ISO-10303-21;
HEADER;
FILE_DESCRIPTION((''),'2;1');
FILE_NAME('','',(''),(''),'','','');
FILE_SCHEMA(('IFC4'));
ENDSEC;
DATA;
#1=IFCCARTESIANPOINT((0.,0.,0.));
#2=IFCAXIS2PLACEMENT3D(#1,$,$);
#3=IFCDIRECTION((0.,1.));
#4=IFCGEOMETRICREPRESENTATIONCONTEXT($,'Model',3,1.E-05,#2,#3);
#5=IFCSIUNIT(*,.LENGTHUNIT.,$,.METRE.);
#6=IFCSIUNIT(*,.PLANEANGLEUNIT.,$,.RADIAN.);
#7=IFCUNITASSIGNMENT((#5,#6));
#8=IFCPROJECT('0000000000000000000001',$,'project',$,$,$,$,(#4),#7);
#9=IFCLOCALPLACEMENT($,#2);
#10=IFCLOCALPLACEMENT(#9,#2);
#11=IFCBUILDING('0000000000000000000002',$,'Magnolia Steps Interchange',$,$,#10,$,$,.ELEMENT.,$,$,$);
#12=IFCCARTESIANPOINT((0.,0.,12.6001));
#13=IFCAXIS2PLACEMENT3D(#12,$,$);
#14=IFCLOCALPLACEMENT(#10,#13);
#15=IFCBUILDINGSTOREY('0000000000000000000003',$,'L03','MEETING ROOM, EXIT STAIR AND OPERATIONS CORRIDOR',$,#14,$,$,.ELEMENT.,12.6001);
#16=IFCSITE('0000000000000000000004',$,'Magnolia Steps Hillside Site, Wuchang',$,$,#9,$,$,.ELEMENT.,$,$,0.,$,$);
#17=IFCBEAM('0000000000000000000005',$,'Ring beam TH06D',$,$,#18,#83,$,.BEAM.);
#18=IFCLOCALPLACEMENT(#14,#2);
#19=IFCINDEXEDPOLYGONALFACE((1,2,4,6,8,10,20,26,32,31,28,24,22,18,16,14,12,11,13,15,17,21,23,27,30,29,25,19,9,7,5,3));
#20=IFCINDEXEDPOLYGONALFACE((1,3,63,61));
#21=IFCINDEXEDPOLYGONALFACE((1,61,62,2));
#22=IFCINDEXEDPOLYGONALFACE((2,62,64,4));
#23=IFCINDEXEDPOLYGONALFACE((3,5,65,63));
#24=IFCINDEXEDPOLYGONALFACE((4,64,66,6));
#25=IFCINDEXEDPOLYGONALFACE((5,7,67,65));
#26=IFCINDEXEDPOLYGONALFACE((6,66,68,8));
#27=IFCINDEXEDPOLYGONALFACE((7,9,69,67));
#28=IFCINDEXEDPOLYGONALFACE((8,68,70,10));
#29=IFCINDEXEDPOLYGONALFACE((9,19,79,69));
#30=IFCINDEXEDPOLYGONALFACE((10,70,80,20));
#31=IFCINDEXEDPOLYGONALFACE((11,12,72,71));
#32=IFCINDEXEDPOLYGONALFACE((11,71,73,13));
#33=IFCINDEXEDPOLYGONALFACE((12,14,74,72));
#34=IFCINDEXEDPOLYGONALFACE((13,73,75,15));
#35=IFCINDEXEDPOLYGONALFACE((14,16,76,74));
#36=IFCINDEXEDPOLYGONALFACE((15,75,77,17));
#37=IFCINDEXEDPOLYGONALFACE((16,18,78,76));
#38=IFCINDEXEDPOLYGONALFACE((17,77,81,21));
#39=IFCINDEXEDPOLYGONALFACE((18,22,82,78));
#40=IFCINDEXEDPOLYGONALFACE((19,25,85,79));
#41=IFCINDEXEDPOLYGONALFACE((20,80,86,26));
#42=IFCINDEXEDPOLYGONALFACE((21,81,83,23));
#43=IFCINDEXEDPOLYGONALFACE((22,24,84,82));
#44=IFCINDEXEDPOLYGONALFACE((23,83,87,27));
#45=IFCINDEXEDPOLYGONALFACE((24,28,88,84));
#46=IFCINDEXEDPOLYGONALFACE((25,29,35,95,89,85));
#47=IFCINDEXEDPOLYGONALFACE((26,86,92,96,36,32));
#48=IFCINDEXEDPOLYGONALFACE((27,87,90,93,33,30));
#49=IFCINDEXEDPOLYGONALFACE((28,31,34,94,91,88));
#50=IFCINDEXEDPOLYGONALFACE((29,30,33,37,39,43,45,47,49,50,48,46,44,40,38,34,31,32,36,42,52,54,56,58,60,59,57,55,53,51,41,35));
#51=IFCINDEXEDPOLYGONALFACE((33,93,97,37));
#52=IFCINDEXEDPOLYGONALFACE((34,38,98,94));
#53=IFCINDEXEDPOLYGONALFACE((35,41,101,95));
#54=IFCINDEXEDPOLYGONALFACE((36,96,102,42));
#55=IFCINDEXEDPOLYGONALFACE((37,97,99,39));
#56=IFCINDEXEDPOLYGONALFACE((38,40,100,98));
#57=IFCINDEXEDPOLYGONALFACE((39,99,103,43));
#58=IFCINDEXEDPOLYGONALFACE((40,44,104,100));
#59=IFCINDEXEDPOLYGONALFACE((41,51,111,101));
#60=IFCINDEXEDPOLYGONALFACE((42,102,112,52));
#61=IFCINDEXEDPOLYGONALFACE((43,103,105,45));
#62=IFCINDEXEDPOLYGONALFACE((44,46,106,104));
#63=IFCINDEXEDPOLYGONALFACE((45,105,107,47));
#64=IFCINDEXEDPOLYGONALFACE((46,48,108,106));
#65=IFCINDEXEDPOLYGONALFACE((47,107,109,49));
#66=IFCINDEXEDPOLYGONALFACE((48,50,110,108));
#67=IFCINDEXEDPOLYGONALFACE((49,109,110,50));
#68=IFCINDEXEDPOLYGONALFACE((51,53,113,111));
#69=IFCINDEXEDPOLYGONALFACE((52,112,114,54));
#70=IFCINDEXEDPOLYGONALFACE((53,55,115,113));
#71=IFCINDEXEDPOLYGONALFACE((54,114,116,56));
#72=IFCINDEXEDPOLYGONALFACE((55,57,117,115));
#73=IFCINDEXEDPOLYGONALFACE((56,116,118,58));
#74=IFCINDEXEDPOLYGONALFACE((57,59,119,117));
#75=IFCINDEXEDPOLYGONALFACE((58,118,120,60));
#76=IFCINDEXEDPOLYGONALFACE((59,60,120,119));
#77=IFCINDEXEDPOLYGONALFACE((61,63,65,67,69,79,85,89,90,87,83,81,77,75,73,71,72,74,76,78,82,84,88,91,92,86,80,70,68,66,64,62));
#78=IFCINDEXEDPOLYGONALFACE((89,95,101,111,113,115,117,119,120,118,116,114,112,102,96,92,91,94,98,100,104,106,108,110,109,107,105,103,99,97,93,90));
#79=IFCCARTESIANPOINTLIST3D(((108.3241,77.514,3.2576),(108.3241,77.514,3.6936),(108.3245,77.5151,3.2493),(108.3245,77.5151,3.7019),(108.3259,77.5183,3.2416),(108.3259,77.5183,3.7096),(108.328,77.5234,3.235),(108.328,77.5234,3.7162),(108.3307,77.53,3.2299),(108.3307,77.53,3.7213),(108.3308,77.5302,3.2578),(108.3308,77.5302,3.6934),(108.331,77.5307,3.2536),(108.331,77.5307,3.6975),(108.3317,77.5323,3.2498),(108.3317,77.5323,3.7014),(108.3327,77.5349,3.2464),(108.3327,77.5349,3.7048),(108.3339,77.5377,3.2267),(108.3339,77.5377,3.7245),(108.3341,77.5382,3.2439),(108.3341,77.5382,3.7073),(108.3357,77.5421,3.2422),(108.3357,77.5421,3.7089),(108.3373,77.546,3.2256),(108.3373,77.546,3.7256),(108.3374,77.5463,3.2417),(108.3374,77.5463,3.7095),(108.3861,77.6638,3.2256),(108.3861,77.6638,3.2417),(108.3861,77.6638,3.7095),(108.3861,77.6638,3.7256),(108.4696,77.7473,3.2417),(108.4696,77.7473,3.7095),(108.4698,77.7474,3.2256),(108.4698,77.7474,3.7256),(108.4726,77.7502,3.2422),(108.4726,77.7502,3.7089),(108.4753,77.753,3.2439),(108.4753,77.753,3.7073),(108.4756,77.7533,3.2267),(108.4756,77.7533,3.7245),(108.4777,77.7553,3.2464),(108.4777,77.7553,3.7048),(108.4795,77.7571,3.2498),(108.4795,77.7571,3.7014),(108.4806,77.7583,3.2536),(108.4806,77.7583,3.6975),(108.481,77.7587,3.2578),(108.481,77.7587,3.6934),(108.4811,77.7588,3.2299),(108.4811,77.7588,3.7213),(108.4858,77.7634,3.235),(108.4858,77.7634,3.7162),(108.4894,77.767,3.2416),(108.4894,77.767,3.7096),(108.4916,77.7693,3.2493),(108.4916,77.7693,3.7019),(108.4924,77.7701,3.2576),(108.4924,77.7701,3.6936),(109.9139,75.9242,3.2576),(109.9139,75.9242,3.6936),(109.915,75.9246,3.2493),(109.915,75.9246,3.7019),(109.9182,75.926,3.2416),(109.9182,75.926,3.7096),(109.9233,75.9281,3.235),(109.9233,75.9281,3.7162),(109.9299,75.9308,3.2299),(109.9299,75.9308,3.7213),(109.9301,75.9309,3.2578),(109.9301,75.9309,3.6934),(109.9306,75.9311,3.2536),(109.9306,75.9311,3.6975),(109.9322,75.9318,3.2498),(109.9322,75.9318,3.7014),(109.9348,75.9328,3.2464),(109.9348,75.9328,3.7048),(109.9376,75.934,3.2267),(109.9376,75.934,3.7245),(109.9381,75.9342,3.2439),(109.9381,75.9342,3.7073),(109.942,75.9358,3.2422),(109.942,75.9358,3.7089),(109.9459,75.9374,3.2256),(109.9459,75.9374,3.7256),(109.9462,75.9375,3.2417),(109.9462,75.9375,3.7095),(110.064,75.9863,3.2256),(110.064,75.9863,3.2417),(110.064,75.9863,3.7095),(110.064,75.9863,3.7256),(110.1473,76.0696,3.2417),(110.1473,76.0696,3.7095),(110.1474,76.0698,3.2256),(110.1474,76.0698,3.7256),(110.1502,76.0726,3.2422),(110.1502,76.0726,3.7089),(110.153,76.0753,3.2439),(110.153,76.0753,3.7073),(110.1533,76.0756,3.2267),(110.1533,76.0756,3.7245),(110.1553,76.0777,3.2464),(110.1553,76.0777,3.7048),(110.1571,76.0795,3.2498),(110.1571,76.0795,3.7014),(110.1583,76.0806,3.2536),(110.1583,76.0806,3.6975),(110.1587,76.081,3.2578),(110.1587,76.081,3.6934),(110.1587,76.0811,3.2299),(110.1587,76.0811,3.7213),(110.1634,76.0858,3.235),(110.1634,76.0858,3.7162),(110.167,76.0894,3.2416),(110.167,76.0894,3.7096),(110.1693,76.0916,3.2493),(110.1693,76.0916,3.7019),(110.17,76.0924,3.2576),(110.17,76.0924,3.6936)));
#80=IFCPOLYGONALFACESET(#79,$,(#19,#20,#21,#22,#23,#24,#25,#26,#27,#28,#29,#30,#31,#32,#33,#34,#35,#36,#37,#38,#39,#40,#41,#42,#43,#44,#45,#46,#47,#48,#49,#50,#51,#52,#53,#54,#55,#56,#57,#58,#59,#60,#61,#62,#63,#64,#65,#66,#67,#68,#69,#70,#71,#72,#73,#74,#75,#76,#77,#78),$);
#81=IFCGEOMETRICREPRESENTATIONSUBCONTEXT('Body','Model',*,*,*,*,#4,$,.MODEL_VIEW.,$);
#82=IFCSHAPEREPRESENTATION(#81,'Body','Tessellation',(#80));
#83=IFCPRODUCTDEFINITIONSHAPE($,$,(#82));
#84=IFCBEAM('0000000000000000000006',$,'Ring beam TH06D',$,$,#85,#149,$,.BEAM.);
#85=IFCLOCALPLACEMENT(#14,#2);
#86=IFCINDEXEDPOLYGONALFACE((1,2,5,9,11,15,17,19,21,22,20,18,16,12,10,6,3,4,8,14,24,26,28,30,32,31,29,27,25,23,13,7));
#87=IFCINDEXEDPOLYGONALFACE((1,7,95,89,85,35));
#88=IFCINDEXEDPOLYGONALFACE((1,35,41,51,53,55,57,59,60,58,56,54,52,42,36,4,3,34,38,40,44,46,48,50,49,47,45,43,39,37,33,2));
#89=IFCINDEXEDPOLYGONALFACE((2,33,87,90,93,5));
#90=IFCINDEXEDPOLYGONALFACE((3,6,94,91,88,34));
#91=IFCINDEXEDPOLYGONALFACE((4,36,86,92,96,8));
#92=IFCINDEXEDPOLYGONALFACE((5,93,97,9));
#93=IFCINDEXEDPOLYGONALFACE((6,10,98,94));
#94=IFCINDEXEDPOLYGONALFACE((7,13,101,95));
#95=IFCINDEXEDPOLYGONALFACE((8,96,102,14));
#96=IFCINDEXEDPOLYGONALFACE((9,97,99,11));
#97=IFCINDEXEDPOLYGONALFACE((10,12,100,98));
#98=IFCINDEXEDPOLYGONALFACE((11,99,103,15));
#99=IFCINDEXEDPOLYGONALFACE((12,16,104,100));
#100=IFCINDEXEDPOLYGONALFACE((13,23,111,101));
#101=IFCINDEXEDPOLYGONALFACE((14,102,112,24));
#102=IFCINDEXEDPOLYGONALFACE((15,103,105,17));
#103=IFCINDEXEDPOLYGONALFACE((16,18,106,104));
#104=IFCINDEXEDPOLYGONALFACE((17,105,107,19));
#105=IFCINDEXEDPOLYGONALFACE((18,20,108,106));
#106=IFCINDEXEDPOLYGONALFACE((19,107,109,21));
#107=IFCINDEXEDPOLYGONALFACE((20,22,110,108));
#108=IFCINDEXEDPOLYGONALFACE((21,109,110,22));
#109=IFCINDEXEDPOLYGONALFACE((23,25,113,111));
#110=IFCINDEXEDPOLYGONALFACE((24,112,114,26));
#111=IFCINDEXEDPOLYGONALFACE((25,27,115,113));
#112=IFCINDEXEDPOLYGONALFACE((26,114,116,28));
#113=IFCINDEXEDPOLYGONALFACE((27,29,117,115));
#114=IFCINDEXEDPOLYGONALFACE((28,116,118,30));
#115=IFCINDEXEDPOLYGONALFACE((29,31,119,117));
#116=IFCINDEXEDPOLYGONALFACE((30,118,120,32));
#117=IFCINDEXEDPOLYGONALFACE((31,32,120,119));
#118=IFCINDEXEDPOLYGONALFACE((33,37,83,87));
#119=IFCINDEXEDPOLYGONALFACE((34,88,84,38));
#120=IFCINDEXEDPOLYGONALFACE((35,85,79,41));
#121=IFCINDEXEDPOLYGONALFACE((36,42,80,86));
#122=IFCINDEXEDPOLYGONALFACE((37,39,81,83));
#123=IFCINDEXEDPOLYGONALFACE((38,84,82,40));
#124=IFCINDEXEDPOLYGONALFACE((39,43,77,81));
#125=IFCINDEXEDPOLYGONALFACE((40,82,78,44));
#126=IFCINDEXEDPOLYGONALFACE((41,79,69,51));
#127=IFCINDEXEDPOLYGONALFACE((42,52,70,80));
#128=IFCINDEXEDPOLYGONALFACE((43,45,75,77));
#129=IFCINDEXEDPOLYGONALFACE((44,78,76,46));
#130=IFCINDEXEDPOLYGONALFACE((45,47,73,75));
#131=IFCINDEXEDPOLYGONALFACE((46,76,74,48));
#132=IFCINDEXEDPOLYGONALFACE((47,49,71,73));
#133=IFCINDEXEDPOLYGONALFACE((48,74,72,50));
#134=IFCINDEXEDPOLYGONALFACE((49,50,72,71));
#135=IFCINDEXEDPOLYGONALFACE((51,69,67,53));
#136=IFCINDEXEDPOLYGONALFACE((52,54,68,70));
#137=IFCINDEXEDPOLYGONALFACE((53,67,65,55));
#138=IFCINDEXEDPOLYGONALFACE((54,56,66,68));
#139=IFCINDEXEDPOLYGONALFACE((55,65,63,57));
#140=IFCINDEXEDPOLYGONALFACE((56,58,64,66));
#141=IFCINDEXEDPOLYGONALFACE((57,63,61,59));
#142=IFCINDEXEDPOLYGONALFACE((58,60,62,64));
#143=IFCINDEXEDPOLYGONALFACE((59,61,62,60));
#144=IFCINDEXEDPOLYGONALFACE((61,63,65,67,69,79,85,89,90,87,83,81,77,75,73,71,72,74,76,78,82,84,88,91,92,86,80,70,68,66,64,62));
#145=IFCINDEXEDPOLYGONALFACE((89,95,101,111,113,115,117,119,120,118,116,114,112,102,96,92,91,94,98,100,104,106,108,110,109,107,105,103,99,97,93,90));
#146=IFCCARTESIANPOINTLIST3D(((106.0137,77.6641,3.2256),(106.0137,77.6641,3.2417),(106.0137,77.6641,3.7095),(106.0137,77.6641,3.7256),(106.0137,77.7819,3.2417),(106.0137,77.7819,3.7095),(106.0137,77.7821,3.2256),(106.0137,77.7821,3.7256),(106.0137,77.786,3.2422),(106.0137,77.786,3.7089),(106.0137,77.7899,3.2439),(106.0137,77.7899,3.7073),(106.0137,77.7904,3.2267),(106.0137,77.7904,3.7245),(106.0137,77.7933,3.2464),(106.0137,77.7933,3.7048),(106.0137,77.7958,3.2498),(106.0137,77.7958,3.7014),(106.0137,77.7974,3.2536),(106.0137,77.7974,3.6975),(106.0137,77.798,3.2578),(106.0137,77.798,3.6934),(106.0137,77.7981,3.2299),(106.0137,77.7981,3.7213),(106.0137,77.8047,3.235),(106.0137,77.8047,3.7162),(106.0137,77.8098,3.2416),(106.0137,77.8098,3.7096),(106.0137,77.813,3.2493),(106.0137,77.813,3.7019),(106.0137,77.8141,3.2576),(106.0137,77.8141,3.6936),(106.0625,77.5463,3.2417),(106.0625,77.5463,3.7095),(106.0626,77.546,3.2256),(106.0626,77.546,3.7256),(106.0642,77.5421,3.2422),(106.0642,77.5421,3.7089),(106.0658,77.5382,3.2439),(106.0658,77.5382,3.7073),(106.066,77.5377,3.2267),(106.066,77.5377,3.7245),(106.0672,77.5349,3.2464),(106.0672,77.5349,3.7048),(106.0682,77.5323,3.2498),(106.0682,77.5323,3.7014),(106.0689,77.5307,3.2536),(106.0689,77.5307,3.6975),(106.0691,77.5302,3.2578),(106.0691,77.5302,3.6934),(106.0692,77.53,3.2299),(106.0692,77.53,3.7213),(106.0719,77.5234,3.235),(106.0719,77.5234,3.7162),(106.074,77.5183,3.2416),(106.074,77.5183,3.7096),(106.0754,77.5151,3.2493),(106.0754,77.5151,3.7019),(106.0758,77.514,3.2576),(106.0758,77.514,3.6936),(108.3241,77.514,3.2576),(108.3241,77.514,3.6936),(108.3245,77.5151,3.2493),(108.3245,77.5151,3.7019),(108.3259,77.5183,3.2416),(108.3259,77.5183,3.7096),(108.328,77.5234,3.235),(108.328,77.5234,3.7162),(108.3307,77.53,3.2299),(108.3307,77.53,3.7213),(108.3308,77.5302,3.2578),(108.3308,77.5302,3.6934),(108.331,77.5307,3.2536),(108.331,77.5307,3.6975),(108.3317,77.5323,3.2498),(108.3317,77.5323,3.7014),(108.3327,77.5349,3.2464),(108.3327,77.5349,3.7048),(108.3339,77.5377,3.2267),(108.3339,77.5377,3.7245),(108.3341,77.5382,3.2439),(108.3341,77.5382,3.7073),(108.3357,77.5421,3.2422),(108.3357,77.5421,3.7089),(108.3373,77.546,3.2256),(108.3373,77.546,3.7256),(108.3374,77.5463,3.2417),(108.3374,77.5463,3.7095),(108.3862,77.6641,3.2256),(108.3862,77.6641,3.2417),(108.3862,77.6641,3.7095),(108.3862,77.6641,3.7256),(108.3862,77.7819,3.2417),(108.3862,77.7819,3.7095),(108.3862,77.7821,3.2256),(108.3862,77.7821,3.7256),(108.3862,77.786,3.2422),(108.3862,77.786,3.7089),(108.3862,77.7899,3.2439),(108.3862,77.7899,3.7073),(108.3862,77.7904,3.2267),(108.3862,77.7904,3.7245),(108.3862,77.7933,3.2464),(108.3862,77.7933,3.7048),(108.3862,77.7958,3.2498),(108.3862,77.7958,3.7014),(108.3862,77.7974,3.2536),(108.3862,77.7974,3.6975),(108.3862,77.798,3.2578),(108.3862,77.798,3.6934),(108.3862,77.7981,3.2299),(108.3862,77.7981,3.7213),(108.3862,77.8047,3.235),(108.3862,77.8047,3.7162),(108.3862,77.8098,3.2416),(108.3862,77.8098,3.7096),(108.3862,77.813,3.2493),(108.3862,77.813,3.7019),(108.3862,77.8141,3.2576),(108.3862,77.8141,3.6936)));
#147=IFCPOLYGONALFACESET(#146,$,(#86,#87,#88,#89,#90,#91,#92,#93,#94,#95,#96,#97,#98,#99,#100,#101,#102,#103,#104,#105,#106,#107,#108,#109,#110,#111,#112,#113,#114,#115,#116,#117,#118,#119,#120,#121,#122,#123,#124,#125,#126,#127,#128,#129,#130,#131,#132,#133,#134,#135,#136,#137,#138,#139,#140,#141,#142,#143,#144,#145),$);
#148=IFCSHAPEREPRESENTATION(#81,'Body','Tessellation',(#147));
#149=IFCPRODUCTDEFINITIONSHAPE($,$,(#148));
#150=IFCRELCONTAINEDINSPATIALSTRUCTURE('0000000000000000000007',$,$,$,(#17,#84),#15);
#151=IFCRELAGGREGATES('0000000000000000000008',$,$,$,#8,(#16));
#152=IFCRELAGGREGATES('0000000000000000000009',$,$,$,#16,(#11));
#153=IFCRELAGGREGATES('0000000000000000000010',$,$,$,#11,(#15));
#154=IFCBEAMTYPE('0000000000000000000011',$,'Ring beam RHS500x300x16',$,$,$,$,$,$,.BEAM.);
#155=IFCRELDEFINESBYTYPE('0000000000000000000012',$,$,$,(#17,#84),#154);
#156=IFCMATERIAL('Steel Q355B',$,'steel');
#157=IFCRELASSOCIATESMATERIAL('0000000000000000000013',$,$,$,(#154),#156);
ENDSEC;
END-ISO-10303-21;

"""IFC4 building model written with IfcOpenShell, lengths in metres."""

from ifc_helpers import new_model, si_unit, direction, frame, origin, origin_2d, place, context, subcontext, project, spatial, hollow_rectangle, extrude, clip, halfspace, material, material_profile, profile_set, type_object, element, save


model = new_model("IFC4")

# Units and contexts
model_context = context("Model", 3, precision=1e-05, world=origin(), true_north=direction((0.0, 1.0)))
body_context = subcontext(model_context, "Body", "Model", "MODEL_VIEW")
ifc_project = project(units=[si_unit("LENGTHUNIT", "METRE"), si_unit("PLANEANGLEUNIT", "RADIAN")], contexts=[model_context])

# Site, building, storey
site_placement = place(None, origin())
site = spatial("IfcSite", under=ifc_project, at=site_placement, Name="Magnolia Steps Hillside Site, Wuchang", CompositionType="ELEMENT", RefElevation=0.0)
building_placement = place(site_placement, origin())
building = spatial("IfcBuilding", under=site, at=building_placement, Name="Magnolia Steps Interchange", CompositionType="ELEMENT")
storey_placement = place(building_placement, frame((0.0, 0.0, 12.6001)))
storey = spatial("IfcBuildingStorey", under=building, at=storey_placement, Name="L03", Description="MEETING ROOM, EXIT STAIR AND OPERATIONS CORRIDOR", CompositionType="ELEMENT", Elevation=12.6001)

# Beams
ifc_material_1 = material(Name="Steel Q355B", Category="steel")
ifc_material_profile_1 = material_profile(ifc_material_1, hollow_rectangle(XDim=0.3, YDim=0.5, WallThickness=0.0161, InnerFilletRadius=0.0161, OuterFilletRadius=0.032, at=origin_2d()), Name="RHS500x300x16")
ifc_profile_set_1 = profile_set([ifc_material_profile_1], Name="Steel Q355B")
beam_type = type_object("IfcBeamType", Name="Ring beam RHS500x300x16", PredefinedType="BEAM", material=ifc_profile_set_1)
beam_1_placement = place(storey_placement, frame((110.064, 75.9863, 3.4756), z_axis=(-0.707107, 0.707107, 0.0), x_axis=(-0.707107, -0.707107, 0.0)))
element("IfcBeam", 1, at=beam_1_placement, inside=storey, type_object=beam_type, Name="Ring beam TH06D", PredefinedType="BEAM", context=body_context, shape_type="Clipping", body=[
    clip(clip(extrude(hollow_rectangle(XDim=0.3, YDim=0.5, WallThickness=0.0161, InnerFilletRadius=0.0161, OuterFilletRadius=0.032, at=origin_2d()), origin(), (0.0, 0.0, 1.0), 2.3726), halfspace(frame((0.0, 0.0, 0.0), z_axis=(0.382683, 0.0, -0.92388), x_axis=(0.92388, 0.0, 0.382683)), False)), halfspace(frame((0.0, 0.0, 2.3727), z_axis=(0.382683, 0.0, 0.92388), x_axis=(0.92388, 0.0, -0.382683)), False)),
])
beam_2_placement = place(storey_placement, frame((108.3862, 77.6641, 3.4756), z_axis=(-1.0, 0.0, 0.0), x_axis=(0.0, -1.0, 0.0)))
element("IfcBeam", 2, at=beam_2_placement, inside=storey, type_object=beam_type, Name="Ring beam TH06D", PredefinedType="BEAM", context=body_context, shape_type="Clipping", body=[
    clip(clip(extrude(hollow_rectangle(XDim=0.3, YDim=0.5, WallThickness=0.0161, InnerFilletRadius=0.0161, OuterFilletRadius=0.032, at=origin_2d()), origin(), (0.0, 0.0, 1.0), 2.3726), halfspace(frame((0.0, 0.0, 0.0), z_axis=(0.382683, 0.0, -0.92388), x_axis=(0.92388, 0.0, 0.382683)), False)), halfspace(frame((0.0, 0.0, 2.3726), z_axis=(0.382683, 0.0, 0.92388), x_axis=(0.92388, 0.0, -0.382683)), False)),
])

save(model, "model.ifc")
